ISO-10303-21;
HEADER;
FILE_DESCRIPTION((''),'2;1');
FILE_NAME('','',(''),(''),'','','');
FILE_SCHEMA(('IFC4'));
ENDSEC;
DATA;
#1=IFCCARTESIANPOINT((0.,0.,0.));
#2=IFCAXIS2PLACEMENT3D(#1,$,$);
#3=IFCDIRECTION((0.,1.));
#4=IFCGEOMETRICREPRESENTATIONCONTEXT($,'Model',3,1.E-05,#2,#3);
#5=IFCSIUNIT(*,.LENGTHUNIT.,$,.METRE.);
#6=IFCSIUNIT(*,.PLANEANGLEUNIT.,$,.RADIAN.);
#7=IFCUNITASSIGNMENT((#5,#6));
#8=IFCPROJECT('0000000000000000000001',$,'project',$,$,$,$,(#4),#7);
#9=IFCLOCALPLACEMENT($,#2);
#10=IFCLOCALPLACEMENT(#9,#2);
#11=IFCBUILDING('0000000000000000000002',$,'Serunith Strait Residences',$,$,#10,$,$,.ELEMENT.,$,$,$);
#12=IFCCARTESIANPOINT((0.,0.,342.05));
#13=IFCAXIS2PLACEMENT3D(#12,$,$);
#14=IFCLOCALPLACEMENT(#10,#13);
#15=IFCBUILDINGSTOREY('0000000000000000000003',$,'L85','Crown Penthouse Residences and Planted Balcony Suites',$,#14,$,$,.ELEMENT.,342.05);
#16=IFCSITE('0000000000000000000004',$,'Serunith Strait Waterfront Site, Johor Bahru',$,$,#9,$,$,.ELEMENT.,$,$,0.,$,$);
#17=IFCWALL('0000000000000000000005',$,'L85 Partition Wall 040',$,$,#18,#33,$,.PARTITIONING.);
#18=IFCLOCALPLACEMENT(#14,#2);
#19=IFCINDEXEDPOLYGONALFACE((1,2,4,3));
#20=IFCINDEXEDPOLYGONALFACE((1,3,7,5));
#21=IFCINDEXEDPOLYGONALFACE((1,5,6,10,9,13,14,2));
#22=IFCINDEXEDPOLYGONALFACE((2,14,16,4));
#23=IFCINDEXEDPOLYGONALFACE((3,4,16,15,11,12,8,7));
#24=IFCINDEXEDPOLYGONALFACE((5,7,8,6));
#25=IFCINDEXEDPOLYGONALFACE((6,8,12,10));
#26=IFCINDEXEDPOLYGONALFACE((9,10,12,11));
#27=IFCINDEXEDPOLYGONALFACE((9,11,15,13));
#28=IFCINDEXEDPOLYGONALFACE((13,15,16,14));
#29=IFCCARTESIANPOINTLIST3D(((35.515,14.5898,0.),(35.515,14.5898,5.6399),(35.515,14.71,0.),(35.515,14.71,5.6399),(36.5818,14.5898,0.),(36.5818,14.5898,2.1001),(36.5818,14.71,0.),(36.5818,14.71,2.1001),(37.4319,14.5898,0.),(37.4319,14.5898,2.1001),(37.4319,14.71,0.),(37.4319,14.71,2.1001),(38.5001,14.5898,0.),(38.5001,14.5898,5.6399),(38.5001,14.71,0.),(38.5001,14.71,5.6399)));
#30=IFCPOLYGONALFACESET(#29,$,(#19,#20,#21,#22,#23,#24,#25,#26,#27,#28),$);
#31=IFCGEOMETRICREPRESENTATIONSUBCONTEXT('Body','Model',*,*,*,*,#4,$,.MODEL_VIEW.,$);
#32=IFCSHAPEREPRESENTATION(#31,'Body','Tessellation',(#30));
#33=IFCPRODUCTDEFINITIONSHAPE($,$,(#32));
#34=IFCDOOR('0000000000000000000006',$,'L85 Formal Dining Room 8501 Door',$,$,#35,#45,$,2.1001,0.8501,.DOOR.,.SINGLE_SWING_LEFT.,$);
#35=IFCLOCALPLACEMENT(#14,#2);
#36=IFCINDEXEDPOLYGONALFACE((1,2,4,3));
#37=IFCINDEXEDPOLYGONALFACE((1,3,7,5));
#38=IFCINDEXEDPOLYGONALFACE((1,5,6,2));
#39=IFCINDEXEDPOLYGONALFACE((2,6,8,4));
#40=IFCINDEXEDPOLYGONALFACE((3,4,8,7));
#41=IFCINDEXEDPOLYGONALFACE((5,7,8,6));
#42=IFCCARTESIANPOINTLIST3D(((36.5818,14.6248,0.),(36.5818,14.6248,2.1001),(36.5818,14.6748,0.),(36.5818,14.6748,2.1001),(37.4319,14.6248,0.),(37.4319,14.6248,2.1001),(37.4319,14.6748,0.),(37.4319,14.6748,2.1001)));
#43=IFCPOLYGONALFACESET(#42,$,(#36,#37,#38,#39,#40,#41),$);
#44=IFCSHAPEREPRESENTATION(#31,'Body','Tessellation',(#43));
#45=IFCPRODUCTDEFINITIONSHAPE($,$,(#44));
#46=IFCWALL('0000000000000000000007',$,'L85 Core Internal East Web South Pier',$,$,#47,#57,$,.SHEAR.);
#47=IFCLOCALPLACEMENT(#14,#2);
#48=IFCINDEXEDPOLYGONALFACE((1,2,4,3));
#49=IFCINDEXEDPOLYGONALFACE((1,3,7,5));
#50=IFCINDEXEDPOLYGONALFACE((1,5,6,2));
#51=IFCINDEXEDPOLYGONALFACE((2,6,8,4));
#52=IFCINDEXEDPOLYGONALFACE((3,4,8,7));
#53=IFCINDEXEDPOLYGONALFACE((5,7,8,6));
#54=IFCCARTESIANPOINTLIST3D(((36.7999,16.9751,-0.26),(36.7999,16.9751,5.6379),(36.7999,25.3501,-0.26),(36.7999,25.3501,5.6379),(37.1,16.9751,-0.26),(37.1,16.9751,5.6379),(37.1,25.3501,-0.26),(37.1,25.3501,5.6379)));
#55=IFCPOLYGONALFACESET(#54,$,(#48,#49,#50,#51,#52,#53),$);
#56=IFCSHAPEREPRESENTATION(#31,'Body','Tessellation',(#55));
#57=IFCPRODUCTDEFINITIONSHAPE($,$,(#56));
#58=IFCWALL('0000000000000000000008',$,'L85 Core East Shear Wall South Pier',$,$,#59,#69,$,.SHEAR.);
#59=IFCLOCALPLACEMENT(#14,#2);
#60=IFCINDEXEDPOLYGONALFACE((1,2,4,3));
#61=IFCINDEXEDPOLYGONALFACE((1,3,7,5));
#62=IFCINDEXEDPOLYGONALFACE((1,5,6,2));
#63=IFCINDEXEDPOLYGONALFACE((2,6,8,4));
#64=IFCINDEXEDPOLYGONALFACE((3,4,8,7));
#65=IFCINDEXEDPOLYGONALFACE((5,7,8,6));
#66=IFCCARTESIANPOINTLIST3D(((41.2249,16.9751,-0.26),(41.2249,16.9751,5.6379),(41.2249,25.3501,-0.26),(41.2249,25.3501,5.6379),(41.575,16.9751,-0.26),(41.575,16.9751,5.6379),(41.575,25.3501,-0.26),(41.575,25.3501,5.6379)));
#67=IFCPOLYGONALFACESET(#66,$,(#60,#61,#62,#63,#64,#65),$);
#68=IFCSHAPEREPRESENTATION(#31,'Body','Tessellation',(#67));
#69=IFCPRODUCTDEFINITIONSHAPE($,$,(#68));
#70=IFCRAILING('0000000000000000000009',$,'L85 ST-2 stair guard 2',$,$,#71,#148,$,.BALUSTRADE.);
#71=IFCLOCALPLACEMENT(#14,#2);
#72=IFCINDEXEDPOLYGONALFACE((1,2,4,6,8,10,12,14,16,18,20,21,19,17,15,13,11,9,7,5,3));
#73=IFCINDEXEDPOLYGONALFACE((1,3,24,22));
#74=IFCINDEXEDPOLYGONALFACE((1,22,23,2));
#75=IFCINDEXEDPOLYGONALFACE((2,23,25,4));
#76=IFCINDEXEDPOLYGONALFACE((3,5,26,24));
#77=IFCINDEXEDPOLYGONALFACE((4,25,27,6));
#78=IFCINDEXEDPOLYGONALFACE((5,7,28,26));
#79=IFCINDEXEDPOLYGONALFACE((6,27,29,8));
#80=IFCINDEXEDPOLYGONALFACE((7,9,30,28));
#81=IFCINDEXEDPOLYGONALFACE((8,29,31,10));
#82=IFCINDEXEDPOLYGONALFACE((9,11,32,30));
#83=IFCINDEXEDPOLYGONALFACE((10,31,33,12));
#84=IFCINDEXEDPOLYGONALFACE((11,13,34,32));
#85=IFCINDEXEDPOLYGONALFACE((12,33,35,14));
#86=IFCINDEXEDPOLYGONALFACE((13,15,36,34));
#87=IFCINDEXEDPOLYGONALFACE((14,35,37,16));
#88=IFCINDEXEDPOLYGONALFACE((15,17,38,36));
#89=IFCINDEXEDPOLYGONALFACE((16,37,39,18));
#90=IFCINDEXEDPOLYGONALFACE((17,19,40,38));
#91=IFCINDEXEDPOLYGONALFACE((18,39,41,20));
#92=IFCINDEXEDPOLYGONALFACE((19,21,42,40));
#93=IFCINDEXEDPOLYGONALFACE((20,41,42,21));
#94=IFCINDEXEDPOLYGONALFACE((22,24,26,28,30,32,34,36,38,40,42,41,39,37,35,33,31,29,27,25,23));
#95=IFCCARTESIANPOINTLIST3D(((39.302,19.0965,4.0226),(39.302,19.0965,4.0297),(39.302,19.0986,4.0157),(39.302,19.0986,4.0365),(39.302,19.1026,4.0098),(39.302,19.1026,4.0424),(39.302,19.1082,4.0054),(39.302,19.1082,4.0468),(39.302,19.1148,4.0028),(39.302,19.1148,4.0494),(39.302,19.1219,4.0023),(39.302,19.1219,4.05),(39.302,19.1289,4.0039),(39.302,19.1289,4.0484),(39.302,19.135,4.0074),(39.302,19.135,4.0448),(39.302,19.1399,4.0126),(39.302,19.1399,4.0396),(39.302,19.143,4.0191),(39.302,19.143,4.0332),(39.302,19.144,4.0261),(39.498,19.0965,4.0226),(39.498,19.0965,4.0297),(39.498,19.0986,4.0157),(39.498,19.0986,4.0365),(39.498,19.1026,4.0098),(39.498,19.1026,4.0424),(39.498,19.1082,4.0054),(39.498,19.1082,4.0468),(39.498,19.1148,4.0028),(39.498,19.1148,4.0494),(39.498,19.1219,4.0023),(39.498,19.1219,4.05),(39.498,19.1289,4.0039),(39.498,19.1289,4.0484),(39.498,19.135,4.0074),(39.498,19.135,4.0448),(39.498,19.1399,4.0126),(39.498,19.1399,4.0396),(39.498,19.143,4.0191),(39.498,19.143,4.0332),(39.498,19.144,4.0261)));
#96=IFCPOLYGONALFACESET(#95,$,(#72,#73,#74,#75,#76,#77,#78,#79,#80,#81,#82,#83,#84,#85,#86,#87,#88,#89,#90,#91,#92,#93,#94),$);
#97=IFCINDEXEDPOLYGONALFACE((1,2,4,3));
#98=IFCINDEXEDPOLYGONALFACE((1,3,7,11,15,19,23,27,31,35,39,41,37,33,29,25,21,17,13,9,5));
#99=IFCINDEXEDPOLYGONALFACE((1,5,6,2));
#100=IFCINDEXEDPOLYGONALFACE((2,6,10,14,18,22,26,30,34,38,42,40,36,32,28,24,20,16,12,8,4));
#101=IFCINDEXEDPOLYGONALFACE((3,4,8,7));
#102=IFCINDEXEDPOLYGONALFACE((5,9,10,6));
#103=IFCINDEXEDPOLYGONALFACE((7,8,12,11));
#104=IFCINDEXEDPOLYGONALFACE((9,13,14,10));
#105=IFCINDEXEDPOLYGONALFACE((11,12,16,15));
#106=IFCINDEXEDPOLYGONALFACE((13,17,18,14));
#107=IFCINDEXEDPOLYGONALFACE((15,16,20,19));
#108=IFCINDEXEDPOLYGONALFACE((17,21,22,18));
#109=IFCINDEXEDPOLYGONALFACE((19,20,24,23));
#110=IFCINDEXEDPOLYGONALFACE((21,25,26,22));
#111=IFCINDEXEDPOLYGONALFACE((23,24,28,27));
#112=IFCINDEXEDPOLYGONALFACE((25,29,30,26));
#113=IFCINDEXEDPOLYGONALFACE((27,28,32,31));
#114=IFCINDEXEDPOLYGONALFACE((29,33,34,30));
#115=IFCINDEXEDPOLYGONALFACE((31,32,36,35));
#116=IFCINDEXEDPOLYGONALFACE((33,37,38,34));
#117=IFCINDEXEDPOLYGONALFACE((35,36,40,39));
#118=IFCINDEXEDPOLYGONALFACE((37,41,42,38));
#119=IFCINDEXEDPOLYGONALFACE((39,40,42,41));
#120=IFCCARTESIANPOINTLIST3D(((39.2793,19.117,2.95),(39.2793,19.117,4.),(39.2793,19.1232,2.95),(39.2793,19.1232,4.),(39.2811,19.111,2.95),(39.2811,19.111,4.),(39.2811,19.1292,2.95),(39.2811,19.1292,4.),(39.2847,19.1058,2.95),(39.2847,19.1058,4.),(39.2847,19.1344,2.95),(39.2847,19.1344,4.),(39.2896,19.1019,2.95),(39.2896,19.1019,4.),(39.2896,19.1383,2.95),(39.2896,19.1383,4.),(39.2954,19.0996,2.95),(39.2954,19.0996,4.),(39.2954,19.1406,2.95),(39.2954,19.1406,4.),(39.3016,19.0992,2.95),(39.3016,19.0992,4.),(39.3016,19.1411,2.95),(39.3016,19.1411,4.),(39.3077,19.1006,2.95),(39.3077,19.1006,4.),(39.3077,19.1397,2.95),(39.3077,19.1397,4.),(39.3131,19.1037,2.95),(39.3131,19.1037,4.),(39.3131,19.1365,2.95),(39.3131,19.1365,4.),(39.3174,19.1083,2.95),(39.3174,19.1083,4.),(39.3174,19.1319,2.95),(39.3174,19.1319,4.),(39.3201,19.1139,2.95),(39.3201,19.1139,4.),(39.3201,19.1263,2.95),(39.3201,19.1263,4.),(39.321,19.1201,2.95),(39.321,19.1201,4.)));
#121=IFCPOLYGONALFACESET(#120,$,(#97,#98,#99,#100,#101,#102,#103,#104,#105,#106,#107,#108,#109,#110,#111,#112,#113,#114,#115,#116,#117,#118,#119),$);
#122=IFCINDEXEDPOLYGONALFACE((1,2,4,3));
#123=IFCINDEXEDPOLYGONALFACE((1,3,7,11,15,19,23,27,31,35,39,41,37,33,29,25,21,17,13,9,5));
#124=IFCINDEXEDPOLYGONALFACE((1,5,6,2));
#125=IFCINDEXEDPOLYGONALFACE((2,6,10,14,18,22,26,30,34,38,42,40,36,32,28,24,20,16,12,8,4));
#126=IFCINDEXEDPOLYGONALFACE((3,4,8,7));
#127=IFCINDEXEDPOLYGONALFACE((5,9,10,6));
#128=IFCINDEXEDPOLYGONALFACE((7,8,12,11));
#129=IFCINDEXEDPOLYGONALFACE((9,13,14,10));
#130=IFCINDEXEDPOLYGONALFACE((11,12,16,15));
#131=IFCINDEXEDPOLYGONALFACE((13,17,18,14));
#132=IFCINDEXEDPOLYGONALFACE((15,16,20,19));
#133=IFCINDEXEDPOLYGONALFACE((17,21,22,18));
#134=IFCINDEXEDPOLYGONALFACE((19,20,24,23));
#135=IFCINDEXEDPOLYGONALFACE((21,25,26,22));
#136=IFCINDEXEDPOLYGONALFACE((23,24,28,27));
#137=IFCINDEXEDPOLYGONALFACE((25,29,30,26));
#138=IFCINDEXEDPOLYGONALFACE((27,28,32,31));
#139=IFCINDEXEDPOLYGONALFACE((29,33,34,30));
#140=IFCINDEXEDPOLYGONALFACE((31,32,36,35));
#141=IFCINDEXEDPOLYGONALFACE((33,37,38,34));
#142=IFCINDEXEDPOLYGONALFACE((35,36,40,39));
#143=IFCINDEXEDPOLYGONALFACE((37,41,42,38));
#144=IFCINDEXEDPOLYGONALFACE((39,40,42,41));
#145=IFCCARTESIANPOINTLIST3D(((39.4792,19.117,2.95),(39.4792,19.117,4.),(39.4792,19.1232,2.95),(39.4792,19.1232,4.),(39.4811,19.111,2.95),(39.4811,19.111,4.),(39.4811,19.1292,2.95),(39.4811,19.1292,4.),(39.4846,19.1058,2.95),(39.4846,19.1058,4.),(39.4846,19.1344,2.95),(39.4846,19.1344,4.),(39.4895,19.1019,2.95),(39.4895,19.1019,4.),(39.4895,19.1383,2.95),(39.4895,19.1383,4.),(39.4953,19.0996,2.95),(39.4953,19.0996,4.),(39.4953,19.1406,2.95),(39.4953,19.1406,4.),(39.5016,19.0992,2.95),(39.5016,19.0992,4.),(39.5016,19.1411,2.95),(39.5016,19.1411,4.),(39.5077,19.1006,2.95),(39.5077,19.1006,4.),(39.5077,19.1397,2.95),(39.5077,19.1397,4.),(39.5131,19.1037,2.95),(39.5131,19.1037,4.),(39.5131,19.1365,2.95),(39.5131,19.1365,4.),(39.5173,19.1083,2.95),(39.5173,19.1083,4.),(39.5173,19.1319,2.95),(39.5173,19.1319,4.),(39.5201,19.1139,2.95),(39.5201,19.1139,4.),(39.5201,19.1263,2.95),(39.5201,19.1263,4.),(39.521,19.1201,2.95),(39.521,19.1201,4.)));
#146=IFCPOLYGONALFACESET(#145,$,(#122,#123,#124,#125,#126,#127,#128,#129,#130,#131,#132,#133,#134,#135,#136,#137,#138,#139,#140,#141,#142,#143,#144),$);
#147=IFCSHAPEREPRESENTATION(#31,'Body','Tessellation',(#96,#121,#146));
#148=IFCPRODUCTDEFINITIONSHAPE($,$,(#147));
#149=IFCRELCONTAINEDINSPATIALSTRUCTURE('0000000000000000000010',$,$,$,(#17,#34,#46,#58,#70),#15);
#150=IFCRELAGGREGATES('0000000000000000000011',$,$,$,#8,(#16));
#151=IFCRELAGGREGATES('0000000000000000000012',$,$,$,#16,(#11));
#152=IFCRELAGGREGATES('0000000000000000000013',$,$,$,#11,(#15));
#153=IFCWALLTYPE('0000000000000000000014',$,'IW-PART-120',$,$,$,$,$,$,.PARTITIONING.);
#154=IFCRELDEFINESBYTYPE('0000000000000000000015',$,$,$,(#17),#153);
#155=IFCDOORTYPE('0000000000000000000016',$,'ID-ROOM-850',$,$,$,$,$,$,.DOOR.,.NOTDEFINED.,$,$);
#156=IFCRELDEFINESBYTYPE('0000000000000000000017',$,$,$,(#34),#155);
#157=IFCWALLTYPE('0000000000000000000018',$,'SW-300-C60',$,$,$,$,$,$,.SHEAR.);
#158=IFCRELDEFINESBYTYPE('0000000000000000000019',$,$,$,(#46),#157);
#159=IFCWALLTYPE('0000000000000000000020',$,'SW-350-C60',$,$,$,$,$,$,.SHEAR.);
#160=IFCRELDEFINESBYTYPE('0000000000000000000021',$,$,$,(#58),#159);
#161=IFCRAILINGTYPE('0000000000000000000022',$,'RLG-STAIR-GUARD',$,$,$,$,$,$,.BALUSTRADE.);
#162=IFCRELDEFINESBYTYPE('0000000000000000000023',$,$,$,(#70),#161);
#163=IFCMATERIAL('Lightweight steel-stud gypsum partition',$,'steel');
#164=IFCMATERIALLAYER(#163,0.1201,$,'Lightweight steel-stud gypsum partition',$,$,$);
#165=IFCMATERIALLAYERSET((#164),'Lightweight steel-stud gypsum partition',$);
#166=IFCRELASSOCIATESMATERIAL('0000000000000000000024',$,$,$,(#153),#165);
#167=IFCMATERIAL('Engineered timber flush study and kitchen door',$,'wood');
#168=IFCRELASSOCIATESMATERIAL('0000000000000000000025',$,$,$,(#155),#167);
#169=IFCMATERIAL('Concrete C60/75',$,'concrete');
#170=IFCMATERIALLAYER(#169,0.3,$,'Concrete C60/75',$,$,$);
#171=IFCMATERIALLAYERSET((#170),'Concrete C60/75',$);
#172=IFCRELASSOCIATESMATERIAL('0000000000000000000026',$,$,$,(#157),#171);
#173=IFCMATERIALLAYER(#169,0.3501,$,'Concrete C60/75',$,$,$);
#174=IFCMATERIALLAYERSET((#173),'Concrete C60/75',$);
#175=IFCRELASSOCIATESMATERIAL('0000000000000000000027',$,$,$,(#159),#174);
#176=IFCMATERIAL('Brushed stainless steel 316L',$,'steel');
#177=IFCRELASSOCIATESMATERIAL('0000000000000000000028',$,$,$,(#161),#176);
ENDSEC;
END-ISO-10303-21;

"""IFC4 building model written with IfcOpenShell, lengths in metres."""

from ifc_helpers import new_model, si_unit, direction, frame, frame_2d, origin, origin_2d, place, context, subcontext, project, spatial, rectangle, circle, extrude, source, transform, mapped, material, layer, layer_set, type_object, element, fill, save


model = new_model("IFC4")

# Units and contexts
model_context = context("Model", 3, precision=1e-05, world=origin(), true_north=direction((0.0, 1.0)))
body_context = subcontext(model_context, "Body", "Model", "MODEL_VIEW")
ifc_project = project(units=[si_unit("LENGTHUNIT", "METRE"), si_unit("PLANEANGLEUNIT", "RADIAN")], contexts=[model_context])

# Site, building, storey
site_placement = place(None, origin())
site = spatial("IfcSite", under=ifc_project, at=site_placement, Name="Serunith Strait Waterfront Site, Johor Bahru", CompositionType="ELEMENT", RefElevation=0.0)
building_placement = place(site_placement, origin())
building = spatial("IfcBuilding", under=site, at=building_placement, Name="Serunith Strait Residences", CompositionType="ELEMENT")
storey_placement = place(building_placement, frame((0.0, 0.0, 342.05)))
storey = spatial("IfcBuildingStorey", under=building, at=storey_placement, Name="L85", Description="Crown Penthouse Residences and Planted Balcony Suites", CompositionType="ELEMENT", Elevation=342.05)

# Shared definitions
ifc_material_1 = material(Name="Concrete C60/75", Category="concrete")

# Wall, opening, door
ifc_material_2 = material(Name="Lightweight steel-stud gypsum partition", Category="steel")
ifc_layer_1 = layer(ifc_material_2, 0.1201, Name="Lightweight steel-stud gypsum partition")
ifc_layer_set_1 = layer_set([ifc_layer_1], Name="Lightweight steel-stud gypsum partition")
wall_type_1 = type_object("IfcWallType", Name="IW-PART-120", PredefinedType="PARTITIONING", material=ifc_layer_set_1)
wall_1_placement = place(storey_placement, frame((35.5149, 14.6499, 0.0), z_axis=(0.0, 0.0, 1.0), x_axis=(1.0, 0.0, 0.0)))
wall_1 = element("IfcWall", 1, at=wall_1_placement, inside=storey, type_object=wall_type_1, Name="L85 Partition Wall 040", PredefinedType="PARTITIONING", context=body_context, shape_type="SweptSolid", body=[
    extrude(rectangle(XDim=2.9851, YDim=0.1201, at=frame_2d((1.4927, 0.0))), origin(), (0.0, 0.0, 1.0), 5.6399),
])
opening_1_placement = place(wall_1_placement, frame((1.0669, 0.0, 0.0)))
opening_1 = element("IfcOpeningElement", 2, at=opening_1_placement, cuts=wall_1, PredefinedType="OPENING", context=body_context, shape_type="SweptSolid", body=[
    extrude(rectangle(XDim=0.8501, YDim=2.1001, at=frame_2d((0.425, 1.05))), frame((0.0, 0.0701, 0.0), z_axis=(0.0, -1.0, 0.0), x_axis=(1.0, 0.0, 0.0)), (0.0, 0.0, 1.0), 0.1401),
])
ifc_material_3 = material(Name="Engineered timber flush study and kitchen door", Category="wood")
door_type_1 = type_object("IfcDoorType", Name="ID-ROOM-850", OperationType="NOTDEFINED", PredefinedType="DOOR", material=ifc_material_3)
shared_shape_1 = source(origin(), body_context, "Body", "SweptSolid", [
    extrude(rectangle(XDim=0.8501, YDim=2.1001, at=frame_2d((0.425, 1.05))), frame((0.0, 0.0249, 0.0), z_axis=(0.0, -1.0, 0.0), x_axis=(1.0, 0.0, 0.0)), (0.0, 0.0, 1.0), 0.05),
])
door_1_placement = place(opening_1_placement, origin())
door_1 = element("IfcDoor", 3, at=door_1_placement, inside=storey, type_object=door_type_1, Name="L85 Formal Dining Room 8501 Door", OperationType="SINGLE_SWING_LEFT", OverallHeight=2.1001, OverallWidth=0.8501, PredefinedType="DOOR", context=body_context, shape_type="MappedRepresentation", body=[
    mapped(shared_shape_1, transform((0.0, 0.0, 0.0), scale=1.0)),
])
fill(opening_1, door_1)

# Walls
ifc_layer_2 = layer(ifc_material_1, 0.3, Name="Concrete C60/75")
ifc_layer_set_2 = layer_set([ifc_layer_2], Name="Concrete C60/75")
wall_type_2 = type_object("IfcWallType", Name="SW-300-C60", PredefinedType="SHEAR", material=ifc_layer_set_2)
wall_2_placement = place(storey_placement, frame((36.95, 16.9751, -0.26), z_axis=(0.0, 0.0, 1.0), x_axis=(0.0, 1.0, 0.0)))
element("IfcWall", 4, at=wall_2_placement, inside=storey, type_object=wall_type_2, Name="L85 Core Internal East Web South Pier", PredefinedType="SHEAR", context=body_context, shape_type="SweptSolid", body=[
    extrude(rectangle(XDim=8.375, YDim=0.3, at=frame_2d((4.1875, 0.0))), origin(), (0.0, 0.0, 1.0), 5.8979),
])
ifc_layer_3 = layer(ifc_material_1, 0.3501, Name="Concrete C60/75")
ifc_layer_set_3 = layer_set([ifc_layer_3], Name="Concrete C60/75")
wall_type_3 = type_object("IfcWallType", Name="SW-350-C60", PredefinedType="SHEAR", material=ifc_layer_set_3)
wall_3_placement = place(storey_placement, frame((41.3999, 16.9751, -0.26), z_axis=(0.0, 0.0, 1.0), x_axis=(0.0, 1.0, 0.0)))
element("IfcWall", 5, at=wall_3_placement, inside=storey, type_object=wall_type_3, Name="L85 Core East Shear Wall South Pier", PredefinedType="SHEAR", context=body_context, shape_type="SweptSolid", body=[
    extrude(rectangle(XDim=8.375, YDim=0.3501, at=frame_2d((4.1875, 0.0))), origin(), (0.0, 0.0, 1.0), 5.8979),
])

# Railing
ifc_material_4 = material(Name="Brushed stainless steel 316L", Category="steel")
railing_type_1 = type_object("IfcRailingType", Name="RLG-STAIR-GUARD", PredefinedType="BALUSTRADE", material=ifc_material_4)
railing_1_placement = place(storey_placement, frame((39.3, 19.1201, 2.95)))
element("IfcRailing", 6, at=railing_1_placement, inside=storey, type_object=railing_type_1, Name="L85 ST-2 stair guard 2", PredefinedType="BALUSTRADE", context=body_context, shape_type="SweptSolid", body=[
    extrude(circle(Radius=0.0239, at=origin_2d()), frame((0.002, 0.0, 1.0762), z_axis=(1.0, 0.0, 0.0), x_axis=(0.0, 1.0, 0.0)), (0.0, 0.0, 1.0), 0.196),
    extrude(circle(Radius=0.021, at=origin_2d()), origin(), (0.0, 0.0, 1.0), 1.05),
    extrude(circle(Radius=0.021, at=origin_2d()), frame((0.2, 0.0, 0.0)), (0.0, 0.0, 1.0), 1.05),
])

save(model, "model.ifc")
